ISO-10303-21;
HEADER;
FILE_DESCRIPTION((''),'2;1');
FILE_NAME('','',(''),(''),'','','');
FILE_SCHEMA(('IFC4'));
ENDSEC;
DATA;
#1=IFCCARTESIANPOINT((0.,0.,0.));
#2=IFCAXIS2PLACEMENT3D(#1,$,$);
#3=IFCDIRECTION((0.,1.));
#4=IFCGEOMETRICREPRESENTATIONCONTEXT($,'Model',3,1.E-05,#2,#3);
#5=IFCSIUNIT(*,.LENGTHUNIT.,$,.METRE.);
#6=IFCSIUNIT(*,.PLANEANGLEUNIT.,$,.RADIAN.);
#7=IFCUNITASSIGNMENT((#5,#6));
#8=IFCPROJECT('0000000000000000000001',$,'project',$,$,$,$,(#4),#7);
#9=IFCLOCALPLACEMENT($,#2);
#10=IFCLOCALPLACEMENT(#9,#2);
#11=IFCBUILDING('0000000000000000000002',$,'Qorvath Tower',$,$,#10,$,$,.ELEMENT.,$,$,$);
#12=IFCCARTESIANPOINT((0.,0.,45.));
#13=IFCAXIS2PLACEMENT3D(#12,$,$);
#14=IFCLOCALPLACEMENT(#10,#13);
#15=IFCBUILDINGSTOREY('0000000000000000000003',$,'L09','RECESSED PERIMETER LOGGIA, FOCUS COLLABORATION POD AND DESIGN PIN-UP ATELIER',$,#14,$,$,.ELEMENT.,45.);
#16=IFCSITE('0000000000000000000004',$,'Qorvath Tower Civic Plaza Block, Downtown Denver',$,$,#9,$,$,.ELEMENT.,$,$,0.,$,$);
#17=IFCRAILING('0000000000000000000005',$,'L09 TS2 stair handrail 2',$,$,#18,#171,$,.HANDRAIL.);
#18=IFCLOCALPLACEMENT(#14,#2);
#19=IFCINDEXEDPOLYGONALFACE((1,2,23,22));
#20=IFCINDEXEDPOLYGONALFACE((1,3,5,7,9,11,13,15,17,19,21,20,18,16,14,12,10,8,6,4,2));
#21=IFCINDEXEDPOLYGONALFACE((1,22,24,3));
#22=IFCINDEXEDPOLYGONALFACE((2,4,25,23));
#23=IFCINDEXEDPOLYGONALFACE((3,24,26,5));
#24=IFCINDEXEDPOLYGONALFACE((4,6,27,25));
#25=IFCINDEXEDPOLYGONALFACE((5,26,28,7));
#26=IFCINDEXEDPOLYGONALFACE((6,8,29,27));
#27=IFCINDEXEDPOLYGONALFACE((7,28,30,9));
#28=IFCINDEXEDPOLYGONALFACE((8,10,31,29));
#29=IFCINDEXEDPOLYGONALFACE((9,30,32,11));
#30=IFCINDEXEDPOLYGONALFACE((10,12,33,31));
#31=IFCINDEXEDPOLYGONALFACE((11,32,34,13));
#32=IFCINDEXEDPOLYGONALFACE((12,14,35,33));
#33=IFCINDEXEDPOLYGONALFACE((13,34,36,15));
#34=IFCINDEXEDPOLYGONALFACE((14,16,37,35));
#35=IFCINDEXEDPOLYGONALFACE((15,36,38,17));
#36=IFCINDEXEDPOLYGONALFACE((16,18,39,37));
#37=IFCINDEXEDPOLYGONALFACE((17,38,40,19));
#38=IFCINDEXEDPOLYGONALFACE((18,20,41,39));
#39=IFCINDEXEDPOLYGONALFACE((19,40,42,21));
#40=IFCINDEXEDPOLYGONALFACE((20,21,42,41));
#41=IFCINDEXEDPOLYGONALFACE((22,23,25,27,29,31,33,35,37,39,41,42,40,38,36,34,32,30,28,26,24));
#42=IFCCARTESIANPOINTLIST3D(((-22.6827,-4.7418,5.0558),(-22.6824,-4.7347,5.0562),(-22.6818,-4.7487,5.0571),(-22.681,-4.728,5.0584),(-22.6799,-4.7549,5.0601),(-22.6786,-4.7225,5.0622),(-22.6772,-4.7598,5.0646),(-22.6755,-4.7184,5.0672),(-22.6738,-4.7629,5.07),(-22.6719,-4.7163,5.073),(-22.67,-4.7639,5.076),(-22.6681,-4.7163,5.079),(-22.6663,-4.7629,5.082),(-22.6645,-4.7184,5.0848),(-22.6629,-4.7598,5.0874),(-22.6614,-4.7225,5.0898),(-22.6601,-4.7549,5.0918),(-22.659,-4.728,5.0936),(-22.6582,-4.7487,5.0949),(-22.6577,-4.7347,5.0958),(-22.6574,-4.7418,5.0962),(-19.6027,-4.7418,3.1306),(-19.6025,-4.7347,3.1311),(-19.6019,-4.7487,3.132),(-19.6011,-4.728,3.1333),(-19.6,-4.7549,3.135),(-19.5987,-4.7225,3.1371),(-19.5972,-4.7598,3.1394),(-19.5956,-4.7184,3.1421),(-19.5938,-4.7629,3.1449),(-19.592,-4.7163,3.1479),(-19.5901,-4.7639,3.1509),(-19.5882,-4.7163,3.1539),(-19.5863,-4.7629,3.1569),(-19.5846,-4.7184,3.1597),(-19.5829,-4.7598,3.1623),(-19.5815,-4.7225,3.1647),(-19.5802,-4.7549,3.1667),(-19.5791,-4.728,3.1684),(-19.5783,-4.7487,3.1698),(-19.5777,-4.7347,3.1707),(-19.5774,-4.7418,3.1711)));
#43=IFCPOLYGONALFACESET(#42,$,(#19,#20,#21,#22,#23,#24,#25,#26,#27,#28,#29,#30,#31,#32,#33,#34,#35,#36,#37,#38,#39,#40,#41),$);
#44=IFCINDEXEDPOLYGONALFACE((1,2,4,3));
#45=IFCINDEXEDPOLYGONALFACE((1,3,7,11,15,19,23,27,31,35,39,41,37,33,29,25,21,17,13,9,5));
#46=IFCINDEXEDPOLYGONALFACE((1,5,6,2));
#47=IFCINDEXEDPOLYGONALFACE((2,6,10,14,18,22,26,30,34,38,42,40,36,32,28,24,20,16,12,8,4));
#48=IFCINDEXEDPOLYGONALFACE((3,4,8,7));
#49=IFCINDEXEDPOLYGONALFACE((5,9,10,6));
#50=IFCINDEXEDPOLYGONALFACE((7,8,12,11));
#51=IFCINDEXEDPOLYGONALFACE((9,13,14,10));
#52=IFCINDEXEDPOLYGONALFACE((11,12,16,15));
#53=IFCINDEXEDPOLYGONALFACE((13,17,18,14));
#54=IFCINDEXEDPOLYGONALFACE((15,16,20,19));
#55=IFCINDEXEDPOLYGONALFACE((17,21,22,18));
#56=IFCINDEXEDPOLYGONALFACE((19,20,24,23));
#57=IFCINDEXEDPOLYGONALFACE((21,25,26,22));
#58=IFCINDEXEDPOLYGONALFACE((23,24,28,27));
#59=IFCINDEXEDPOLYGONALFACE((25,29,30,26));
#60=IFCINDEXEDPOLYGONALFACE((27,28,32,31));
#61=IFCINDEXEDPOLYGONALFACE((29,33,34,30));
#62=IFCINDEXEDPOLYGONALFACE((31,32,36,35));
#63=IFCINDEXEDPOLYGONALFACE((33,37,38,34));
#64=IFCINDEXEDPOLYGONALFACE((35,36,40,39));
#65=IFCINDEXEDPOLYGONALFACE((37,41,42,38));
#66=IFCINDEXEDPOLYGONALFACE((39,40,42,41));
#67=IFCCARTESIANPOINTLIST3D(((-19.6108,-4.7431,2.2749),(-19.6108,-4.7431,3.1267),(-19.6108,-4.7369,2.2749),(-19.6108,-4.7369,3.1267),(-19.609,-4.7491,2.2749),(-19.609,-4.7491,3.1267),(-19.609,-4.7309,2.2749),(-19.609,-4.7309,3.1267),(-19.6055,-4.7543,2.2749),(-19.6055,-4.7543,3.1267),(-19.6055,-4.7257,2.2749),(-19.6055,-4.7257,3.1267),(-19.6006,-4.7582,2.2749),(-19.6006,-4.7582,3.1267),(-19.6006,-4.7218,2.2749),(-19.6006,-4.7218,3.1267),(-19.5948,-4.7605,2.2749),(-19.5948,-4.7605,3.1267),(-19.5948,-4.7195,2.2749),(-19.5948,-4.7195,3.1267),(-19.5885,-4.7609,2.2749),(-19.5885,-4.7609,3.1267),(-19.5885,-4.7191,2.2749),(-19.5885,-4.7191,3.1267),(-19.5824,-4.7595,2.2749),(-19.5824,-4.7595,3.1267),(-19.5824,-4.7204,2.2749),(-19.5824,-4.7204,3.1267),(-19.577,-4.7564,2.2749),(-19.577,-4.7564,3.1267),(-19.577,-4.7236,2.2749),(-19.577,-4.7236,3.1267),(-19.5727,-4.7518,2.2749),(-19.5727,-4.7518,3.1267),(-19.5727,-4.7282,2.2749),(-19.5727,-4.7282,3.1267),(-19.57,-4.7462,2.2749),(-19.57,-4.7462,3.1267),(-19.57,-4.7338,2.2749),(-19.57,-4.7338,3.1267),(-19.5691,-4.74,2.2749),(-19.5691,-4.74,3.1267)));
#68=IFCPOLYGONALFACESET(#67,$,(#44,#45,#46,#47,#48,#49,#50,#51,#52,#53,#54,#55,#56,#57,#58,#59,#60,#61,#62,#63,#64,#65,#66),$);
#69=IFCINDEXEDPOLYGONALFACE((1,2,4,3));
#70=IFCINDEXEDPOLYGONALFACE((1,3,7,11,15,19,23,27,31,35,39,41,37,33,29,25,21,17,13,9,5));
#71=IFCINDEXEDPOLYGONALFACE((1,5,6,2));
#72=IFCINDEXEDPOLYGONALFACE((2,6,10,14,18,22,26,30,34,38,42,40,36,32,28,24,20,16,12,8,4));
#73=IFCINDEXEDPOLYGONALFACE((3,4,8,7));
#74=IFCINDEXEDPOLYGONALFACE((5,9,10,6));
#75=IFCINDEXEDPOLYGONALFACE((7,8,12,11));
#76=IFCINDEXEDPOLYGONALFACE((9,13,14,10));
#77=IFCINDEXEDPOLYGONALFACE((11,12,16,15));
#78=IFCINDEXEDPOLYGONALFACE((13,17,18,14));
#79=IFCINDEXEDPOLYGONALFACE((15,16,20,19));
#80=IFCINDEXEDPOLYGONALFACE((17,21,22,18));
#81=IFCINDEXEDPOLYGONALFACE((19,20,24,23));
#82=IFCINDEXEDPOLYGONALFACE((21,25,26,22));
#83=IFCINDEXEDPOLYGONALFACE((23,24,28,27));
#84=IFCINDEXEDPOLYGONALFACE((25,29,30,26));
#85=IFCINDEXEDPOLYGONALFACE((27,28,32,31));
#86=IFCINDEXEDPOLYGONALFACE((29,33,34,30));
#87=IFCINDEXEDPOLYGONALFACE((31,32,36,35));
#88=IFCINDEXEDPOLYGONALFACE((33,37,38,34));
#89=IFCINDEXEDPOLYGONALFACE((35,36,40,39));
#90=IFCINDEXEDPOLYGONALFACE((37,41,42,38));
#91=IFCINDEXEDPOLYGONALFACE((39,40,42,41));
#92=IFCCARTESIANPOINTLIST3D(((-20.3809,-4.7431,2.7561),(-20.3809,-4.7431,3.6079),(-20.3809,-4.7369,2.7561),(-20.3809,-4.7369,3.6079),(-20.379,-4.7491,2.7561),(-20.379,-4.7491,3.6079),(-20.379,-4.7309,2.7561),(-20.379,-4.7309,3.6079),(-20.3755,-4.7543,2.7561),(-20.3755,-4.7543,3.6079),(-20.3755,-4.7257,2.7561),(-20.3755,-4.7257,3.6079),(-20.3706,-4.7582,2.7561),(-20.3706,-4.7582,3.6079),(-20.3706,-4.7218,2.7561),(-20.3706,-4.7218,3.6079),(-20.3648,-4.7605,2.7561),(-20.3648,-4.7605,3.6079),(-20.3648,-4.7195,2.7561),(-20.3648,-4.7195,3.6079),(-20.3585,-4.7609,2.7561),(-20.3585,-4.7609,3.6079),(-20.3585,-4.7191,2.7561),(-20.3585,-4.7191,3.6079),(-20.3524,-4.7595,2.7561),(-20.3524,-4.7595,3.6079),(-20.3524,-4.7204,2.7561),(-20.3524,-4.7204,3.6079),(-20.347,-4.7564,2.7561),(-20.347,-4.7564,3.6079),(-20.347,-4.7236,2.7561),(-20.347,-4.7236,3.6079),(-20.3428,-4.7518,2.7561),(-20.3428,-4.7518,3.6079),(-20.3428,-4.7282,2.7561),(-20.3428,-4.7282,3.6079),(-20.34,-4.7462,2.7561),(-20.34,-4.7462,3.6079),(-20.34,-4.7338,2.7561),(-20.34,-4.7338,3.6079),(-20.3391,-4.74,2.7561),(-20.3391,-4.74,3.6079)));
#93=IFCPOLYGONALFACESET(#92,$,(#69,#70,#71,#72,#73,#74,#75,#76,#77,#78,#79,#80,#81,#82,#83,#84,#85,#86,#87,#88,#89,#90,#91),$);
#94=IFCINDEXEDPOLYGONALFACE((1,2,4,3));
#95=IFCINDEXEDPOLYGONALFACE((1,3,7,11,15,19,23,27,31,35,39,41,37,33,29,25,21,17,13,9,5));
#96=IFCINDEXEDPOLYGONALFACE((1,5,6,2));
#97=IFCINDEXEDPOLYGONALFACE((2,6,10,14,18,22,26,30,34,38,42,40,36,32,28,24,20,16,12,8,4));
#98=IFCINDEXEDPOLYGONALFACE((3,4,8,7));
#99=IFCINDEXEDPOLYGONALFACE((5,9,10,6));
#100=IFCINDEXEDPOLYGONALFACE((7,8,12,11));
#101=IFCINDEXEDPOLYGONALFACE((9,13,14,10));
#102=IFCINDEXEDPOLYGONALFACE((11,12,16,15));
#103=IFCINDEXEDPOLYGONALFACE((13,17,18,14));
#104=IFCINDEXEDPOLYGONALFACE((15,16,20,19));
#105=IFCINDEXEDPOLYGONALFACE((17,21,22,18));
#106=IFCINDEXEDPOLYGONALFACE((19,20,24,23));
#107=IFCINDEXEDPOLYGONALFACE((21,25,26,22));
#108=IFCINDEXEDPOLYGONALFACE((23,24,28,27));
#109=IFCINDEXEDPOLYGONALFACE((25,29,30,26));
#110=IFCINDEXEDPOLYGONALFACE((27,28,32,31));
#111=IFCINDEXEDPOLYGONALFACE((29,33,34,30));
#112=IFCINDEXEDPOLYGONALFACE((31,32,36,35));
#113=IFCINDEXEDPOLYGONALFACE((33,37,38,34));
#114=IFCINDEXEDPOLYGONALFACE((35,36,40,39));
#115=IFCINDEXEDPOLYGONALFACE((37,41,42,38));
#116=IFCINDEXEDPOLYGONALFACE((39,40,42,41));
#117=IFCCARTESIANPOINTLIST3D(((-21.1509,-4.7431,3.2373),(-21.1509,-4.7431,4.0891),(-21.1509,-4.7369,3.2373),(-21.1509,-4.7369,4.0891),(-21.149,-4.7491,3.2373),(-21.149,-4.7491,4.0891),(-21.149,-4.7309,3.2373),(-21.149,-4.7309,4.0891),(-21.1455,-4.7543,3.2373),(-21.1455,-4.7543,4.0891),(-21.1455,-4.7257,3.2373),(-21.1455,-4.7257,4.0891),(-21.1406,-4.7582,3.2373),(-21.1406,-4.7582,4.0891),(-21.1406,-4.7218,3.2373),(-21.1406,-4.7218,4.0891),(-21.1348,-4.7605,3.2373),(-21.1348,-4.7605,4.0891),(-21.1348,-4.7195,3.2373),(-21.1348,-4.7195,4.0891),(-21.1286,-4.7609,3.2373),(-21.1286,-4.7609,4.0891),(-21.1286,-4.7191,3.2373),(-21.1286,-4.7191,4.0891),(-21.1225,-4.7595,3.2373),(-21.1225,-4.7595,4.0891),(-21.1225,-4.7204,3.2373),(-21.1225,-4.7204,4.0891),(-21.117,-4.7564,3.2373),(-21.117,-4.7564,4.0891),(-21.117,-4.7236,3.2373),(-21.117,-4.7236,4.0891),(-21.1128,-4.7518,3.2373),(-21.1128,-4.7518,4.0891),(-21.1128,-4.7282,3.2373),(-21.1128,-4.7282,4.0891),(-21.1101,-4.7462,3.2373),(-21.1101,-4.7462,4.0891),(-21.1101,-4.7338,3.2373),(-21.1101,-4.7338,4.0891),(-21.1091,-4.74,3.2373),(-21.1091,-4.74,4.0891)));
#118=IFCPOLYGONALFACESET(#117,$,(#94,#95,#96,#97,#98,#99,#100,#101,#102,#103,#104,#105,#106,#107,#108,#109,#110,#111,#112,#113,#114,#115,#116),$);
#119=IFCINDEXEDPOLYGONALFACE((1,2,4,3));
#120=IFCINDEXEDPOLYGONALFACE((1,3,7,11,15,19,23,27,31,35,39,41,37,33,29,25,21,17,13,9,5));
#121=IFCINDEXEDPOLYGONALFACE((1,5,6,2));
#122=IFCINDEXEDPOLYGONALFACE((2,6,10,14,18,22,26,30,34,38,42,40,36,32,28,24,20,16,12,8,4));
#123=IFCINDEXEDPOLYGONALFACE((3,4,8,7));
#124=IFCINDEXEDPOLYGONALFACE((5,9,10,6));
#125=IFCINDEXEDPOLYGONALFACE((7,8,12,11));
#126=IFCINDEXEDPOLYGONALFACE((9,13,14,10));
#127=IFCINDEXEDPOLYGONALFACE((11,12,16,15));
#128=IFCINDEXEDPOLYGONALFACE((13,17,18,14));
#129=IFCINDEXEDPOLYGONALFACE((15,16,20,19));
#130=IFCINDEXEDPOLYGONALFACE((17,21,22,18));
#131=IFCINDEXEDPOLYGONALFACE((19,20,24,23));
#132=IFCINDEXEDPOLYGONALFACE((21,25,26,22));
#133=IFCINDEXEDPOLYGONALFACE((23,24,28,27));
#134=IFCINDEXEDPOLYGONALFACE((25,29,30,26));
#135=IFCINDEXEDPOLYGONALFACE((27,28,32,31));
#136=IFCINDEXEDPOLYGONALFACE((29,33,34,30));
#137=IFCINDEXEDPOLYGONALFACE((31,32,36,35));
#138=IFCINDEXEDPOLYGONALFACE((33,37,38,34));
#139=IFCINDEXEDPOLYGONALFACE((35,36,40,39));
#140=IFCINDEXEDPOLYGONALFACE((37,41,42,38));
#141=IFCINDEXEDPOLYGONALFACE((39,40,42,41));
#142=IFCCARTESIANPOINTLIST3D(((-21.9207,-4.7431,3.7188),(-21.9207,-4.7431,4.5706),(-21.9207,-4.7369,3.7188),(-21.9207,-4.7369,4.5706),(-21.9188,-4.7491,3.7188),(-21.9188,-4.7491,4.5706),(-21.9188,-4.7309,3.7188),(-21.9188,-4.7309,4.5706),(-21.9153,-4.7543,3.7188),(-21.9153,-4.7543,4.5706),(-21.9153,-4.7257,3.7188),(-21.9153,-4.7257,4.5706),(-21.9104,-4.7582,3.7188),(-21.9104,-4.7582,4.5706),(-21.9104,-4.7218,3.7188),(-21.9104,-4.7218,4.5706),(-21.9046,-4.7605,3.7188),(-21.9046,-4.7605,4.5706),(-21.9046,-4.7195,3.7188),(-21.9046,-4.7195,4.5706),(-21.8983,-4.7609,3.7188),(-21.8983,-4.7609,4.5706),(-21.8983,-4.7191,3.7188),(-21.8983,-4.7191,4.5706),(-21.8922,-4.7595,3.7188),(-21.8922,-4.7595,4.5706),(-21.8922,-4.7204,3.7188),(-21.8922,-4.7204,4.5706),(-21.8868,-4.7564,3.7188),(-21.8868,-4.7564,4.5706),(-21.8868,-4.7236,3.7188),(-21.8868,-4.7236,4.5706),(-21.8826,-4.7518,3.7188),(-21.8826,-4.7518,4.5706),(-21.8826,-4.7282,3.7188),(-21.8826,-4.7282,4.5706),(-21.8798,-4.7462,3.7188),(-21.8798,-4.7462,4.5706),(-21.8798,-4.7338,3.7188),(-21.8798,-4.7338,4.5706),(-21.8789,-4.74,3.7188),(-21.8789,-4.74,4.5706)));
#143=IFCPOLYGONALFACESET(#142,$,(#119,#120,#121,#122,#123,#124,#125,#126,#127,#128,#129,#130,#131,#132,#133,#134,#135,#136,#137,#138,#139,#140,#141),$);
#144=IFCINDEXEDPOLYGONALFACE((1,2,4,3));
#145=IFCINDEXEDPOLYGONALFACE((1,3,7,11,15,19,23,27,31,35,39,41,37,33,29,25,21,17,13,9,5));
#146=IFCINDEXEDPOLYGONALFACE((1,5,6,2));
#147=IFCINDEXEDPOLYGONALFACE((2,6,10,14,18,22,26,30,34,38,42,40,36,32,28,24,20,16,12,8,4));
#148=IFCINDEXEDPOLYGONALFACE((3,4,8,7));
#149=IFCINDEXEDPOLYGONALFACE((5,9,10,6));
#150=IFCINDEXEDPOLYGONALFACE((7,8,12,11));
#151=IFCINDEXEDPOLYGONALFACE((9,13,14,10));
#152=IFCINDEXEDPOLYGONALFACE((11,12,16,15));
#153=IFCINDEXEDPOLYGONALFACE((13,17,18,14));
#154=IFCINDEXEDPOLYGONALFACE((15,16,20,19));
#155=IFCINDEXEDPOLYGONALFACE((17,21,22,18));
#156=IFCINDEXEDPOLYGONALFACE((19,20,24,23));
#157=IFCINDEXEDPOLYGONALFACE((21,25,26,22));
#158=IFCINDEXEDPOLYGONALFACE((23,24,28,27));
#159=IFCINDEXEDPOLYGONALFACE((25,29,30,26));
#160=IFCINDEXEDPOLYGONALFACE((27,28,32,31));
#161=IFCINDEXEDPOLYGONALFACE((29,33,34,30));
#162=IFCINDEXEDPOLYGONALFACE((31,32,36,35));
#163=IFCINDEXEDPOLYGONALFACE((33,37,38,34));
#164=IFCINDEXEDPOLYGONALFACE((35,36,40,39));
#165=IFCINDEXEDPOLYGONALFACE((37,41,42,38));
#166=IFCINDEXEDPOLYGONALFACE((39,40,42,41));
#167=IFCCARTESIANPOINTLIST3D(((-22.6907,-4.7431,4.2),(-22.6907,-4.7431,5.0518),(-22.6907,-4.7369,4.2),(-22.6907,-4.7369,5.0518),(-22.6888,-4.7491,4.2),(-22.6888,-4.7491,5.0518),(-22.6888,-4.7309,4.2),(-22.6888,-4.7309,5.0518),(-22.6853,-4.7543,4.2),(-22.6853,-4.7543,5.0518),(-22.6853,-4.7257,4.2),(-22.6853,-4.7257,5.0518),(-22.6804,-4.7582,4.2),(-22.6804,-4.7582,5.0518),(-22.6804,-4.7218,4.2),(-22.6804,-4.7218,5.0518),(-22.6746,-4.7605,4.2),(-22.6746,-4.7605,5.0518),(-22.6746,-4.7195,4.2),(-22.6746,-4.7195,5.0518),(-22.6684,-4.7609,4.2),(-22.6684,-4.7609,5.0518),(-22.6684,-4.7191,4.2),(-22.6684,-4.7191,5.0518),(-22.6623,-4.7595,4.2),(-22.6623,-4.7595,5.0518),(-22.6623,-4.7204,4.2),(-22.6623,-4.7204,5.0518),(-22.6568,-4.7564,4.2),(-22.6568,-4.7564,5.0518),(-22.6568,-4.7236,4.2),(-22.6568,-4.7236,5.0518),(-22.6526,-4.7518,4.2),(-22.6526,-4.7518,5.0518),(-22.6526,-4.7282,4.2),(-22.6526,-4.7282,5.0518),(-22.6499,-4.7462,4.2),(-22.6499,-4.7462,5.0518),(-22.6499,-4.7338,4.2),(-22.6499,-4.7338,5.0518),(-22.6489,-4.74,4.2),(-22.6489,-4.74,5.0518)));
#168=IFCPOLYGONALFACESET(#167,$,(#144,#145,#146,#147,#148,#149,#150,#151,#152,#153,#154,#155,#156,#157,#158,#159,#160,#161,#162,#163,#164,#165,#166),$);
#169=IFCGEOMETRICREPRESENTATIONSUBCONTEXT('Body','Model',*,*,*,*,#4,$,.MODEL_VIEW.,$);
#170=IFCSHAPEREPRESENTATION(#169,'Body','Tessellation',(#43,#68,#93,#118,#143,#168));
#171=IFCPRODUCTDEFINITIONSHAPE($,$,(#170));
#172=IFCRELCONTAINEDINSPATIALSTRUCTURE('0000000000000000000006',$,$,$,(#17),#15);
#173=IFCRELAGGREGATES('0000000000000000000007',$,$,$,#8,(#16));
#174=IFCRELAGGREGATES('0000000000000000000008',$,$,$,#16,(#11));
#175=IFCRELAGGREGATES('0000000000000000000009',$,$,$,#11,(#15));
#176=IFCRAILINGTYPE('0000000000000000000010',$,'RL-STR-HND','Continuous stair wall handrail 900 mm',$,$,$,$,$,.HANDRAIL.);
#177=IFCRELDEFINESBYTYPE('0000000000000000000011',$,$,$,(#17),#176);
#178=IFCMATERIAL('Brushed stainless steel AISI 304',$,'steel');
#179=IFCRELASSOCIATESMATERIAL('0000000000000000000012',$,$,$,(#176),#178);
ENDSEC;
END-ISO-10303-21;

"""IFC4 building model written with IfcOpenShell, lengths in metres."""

from ifc_helpers import new_model, si_unit, direction, frame, origin, origin_2d, place, context, subcontext, project, spatial, circle, extrude, material, type_object, element, save


model = new_model("IFC4")

# Units and contexts
model_context = context("Model", 3, precision=1e-05, world=origin(), true_north=direction((0.0, 1.0)))
body_context = subcontext(model_context, "Body", "Model", "MODEL_VIEW")
ifc_project = project(units=[si_unit("LENGTHUNIT", "METRE"), si_unit("PLANEANGLEUNIT", "RADIAN")], contexts=[model_context])

# Site, building, storey
site_placement = place(None, origin())
site = spatial("IfcSite", under=ifc_project, at=site_placement, Name="Qorvath Tower Civic Plaza Block, Downtown Denver", CompositionType="ELEMENT", RefElevation=0.0)
building_placement = place(site_placement, origin())
building = spatial("IfcBuilding", under=site, at=building_placement, Name="Qorvath Tower", CompositionType="ELEMENT")
storey_placement = place(building_placement, frame((0.0, 0.0, 45.0)))
storey = spatial("IfcBuildingStorey", under=building, at=storey_placement, Name="L09", Description="RECESSED PERIMETER LOGGIA, FOCUS COLLABORATION POD AND DESIGN PIN-UP ATELIER", CompositionType="ELEMENT", Elevation=45.0)

# Railing
ifc_material_1 = material(Name="Brushed stainless steel AISI 304", Category="steel")
railing_type = type_object("IfcRailingType", Name="RL-STR-HND", Description="Continuous stair wall handrail 900 mm", PredefinedType="HANDRAIL", material=ifc_material_1)
railing_placement = place(storey_placement, frame((-19.5901, -4.74, 2.2749)))
element("IfcRailing", 1, at=railing_placement, inside=storey, type_object=railing_type, Name="L09 TS2 stair handrail 2", PredefinedType="HANDRAIL", context=body_context, shape_type="SweptSolid", body=[
    extrude(circle(Radius=0.0239, at=origin_2d()), frame((0.0, 0.0, 0.876), z_axis=(-0.847979, 0.0, 0.530029), x_axis=(0.0, -1.0, 0.0)), (0.0, 0.0, 1.0), 3.6321),
    extrude(circle(Radius=0.021, at=origin_2d()), origin(), (0.0, 0.0, 1.0), 0.8518),
    extrude(circle(Radius=0.021, at=origin_2d()), frame((-0.77, 0.0, 0.4812)), (0.0, 0.0, 1.0), 0.8518),
    extrude(circle(Radius=0.021, at=origin_2d()), frame((-1.54, 0.0, 0.9624)), (0.0, 0.0, 1.0), 0.8518),
    extrude(circle(Radius=0.021, at=origin_2d()), frame((-2.3098, 0.0, 1.4438)), (0.0, 0.0, 1.0), 0.8518),
    extrude(circle(Radius=0.021, at=origin_2d()), frame((-3.0798, 0.0, 1.925)), (0.0, 0.0, 1.0), 0.8518),
])

save(model, "model.ifc")
